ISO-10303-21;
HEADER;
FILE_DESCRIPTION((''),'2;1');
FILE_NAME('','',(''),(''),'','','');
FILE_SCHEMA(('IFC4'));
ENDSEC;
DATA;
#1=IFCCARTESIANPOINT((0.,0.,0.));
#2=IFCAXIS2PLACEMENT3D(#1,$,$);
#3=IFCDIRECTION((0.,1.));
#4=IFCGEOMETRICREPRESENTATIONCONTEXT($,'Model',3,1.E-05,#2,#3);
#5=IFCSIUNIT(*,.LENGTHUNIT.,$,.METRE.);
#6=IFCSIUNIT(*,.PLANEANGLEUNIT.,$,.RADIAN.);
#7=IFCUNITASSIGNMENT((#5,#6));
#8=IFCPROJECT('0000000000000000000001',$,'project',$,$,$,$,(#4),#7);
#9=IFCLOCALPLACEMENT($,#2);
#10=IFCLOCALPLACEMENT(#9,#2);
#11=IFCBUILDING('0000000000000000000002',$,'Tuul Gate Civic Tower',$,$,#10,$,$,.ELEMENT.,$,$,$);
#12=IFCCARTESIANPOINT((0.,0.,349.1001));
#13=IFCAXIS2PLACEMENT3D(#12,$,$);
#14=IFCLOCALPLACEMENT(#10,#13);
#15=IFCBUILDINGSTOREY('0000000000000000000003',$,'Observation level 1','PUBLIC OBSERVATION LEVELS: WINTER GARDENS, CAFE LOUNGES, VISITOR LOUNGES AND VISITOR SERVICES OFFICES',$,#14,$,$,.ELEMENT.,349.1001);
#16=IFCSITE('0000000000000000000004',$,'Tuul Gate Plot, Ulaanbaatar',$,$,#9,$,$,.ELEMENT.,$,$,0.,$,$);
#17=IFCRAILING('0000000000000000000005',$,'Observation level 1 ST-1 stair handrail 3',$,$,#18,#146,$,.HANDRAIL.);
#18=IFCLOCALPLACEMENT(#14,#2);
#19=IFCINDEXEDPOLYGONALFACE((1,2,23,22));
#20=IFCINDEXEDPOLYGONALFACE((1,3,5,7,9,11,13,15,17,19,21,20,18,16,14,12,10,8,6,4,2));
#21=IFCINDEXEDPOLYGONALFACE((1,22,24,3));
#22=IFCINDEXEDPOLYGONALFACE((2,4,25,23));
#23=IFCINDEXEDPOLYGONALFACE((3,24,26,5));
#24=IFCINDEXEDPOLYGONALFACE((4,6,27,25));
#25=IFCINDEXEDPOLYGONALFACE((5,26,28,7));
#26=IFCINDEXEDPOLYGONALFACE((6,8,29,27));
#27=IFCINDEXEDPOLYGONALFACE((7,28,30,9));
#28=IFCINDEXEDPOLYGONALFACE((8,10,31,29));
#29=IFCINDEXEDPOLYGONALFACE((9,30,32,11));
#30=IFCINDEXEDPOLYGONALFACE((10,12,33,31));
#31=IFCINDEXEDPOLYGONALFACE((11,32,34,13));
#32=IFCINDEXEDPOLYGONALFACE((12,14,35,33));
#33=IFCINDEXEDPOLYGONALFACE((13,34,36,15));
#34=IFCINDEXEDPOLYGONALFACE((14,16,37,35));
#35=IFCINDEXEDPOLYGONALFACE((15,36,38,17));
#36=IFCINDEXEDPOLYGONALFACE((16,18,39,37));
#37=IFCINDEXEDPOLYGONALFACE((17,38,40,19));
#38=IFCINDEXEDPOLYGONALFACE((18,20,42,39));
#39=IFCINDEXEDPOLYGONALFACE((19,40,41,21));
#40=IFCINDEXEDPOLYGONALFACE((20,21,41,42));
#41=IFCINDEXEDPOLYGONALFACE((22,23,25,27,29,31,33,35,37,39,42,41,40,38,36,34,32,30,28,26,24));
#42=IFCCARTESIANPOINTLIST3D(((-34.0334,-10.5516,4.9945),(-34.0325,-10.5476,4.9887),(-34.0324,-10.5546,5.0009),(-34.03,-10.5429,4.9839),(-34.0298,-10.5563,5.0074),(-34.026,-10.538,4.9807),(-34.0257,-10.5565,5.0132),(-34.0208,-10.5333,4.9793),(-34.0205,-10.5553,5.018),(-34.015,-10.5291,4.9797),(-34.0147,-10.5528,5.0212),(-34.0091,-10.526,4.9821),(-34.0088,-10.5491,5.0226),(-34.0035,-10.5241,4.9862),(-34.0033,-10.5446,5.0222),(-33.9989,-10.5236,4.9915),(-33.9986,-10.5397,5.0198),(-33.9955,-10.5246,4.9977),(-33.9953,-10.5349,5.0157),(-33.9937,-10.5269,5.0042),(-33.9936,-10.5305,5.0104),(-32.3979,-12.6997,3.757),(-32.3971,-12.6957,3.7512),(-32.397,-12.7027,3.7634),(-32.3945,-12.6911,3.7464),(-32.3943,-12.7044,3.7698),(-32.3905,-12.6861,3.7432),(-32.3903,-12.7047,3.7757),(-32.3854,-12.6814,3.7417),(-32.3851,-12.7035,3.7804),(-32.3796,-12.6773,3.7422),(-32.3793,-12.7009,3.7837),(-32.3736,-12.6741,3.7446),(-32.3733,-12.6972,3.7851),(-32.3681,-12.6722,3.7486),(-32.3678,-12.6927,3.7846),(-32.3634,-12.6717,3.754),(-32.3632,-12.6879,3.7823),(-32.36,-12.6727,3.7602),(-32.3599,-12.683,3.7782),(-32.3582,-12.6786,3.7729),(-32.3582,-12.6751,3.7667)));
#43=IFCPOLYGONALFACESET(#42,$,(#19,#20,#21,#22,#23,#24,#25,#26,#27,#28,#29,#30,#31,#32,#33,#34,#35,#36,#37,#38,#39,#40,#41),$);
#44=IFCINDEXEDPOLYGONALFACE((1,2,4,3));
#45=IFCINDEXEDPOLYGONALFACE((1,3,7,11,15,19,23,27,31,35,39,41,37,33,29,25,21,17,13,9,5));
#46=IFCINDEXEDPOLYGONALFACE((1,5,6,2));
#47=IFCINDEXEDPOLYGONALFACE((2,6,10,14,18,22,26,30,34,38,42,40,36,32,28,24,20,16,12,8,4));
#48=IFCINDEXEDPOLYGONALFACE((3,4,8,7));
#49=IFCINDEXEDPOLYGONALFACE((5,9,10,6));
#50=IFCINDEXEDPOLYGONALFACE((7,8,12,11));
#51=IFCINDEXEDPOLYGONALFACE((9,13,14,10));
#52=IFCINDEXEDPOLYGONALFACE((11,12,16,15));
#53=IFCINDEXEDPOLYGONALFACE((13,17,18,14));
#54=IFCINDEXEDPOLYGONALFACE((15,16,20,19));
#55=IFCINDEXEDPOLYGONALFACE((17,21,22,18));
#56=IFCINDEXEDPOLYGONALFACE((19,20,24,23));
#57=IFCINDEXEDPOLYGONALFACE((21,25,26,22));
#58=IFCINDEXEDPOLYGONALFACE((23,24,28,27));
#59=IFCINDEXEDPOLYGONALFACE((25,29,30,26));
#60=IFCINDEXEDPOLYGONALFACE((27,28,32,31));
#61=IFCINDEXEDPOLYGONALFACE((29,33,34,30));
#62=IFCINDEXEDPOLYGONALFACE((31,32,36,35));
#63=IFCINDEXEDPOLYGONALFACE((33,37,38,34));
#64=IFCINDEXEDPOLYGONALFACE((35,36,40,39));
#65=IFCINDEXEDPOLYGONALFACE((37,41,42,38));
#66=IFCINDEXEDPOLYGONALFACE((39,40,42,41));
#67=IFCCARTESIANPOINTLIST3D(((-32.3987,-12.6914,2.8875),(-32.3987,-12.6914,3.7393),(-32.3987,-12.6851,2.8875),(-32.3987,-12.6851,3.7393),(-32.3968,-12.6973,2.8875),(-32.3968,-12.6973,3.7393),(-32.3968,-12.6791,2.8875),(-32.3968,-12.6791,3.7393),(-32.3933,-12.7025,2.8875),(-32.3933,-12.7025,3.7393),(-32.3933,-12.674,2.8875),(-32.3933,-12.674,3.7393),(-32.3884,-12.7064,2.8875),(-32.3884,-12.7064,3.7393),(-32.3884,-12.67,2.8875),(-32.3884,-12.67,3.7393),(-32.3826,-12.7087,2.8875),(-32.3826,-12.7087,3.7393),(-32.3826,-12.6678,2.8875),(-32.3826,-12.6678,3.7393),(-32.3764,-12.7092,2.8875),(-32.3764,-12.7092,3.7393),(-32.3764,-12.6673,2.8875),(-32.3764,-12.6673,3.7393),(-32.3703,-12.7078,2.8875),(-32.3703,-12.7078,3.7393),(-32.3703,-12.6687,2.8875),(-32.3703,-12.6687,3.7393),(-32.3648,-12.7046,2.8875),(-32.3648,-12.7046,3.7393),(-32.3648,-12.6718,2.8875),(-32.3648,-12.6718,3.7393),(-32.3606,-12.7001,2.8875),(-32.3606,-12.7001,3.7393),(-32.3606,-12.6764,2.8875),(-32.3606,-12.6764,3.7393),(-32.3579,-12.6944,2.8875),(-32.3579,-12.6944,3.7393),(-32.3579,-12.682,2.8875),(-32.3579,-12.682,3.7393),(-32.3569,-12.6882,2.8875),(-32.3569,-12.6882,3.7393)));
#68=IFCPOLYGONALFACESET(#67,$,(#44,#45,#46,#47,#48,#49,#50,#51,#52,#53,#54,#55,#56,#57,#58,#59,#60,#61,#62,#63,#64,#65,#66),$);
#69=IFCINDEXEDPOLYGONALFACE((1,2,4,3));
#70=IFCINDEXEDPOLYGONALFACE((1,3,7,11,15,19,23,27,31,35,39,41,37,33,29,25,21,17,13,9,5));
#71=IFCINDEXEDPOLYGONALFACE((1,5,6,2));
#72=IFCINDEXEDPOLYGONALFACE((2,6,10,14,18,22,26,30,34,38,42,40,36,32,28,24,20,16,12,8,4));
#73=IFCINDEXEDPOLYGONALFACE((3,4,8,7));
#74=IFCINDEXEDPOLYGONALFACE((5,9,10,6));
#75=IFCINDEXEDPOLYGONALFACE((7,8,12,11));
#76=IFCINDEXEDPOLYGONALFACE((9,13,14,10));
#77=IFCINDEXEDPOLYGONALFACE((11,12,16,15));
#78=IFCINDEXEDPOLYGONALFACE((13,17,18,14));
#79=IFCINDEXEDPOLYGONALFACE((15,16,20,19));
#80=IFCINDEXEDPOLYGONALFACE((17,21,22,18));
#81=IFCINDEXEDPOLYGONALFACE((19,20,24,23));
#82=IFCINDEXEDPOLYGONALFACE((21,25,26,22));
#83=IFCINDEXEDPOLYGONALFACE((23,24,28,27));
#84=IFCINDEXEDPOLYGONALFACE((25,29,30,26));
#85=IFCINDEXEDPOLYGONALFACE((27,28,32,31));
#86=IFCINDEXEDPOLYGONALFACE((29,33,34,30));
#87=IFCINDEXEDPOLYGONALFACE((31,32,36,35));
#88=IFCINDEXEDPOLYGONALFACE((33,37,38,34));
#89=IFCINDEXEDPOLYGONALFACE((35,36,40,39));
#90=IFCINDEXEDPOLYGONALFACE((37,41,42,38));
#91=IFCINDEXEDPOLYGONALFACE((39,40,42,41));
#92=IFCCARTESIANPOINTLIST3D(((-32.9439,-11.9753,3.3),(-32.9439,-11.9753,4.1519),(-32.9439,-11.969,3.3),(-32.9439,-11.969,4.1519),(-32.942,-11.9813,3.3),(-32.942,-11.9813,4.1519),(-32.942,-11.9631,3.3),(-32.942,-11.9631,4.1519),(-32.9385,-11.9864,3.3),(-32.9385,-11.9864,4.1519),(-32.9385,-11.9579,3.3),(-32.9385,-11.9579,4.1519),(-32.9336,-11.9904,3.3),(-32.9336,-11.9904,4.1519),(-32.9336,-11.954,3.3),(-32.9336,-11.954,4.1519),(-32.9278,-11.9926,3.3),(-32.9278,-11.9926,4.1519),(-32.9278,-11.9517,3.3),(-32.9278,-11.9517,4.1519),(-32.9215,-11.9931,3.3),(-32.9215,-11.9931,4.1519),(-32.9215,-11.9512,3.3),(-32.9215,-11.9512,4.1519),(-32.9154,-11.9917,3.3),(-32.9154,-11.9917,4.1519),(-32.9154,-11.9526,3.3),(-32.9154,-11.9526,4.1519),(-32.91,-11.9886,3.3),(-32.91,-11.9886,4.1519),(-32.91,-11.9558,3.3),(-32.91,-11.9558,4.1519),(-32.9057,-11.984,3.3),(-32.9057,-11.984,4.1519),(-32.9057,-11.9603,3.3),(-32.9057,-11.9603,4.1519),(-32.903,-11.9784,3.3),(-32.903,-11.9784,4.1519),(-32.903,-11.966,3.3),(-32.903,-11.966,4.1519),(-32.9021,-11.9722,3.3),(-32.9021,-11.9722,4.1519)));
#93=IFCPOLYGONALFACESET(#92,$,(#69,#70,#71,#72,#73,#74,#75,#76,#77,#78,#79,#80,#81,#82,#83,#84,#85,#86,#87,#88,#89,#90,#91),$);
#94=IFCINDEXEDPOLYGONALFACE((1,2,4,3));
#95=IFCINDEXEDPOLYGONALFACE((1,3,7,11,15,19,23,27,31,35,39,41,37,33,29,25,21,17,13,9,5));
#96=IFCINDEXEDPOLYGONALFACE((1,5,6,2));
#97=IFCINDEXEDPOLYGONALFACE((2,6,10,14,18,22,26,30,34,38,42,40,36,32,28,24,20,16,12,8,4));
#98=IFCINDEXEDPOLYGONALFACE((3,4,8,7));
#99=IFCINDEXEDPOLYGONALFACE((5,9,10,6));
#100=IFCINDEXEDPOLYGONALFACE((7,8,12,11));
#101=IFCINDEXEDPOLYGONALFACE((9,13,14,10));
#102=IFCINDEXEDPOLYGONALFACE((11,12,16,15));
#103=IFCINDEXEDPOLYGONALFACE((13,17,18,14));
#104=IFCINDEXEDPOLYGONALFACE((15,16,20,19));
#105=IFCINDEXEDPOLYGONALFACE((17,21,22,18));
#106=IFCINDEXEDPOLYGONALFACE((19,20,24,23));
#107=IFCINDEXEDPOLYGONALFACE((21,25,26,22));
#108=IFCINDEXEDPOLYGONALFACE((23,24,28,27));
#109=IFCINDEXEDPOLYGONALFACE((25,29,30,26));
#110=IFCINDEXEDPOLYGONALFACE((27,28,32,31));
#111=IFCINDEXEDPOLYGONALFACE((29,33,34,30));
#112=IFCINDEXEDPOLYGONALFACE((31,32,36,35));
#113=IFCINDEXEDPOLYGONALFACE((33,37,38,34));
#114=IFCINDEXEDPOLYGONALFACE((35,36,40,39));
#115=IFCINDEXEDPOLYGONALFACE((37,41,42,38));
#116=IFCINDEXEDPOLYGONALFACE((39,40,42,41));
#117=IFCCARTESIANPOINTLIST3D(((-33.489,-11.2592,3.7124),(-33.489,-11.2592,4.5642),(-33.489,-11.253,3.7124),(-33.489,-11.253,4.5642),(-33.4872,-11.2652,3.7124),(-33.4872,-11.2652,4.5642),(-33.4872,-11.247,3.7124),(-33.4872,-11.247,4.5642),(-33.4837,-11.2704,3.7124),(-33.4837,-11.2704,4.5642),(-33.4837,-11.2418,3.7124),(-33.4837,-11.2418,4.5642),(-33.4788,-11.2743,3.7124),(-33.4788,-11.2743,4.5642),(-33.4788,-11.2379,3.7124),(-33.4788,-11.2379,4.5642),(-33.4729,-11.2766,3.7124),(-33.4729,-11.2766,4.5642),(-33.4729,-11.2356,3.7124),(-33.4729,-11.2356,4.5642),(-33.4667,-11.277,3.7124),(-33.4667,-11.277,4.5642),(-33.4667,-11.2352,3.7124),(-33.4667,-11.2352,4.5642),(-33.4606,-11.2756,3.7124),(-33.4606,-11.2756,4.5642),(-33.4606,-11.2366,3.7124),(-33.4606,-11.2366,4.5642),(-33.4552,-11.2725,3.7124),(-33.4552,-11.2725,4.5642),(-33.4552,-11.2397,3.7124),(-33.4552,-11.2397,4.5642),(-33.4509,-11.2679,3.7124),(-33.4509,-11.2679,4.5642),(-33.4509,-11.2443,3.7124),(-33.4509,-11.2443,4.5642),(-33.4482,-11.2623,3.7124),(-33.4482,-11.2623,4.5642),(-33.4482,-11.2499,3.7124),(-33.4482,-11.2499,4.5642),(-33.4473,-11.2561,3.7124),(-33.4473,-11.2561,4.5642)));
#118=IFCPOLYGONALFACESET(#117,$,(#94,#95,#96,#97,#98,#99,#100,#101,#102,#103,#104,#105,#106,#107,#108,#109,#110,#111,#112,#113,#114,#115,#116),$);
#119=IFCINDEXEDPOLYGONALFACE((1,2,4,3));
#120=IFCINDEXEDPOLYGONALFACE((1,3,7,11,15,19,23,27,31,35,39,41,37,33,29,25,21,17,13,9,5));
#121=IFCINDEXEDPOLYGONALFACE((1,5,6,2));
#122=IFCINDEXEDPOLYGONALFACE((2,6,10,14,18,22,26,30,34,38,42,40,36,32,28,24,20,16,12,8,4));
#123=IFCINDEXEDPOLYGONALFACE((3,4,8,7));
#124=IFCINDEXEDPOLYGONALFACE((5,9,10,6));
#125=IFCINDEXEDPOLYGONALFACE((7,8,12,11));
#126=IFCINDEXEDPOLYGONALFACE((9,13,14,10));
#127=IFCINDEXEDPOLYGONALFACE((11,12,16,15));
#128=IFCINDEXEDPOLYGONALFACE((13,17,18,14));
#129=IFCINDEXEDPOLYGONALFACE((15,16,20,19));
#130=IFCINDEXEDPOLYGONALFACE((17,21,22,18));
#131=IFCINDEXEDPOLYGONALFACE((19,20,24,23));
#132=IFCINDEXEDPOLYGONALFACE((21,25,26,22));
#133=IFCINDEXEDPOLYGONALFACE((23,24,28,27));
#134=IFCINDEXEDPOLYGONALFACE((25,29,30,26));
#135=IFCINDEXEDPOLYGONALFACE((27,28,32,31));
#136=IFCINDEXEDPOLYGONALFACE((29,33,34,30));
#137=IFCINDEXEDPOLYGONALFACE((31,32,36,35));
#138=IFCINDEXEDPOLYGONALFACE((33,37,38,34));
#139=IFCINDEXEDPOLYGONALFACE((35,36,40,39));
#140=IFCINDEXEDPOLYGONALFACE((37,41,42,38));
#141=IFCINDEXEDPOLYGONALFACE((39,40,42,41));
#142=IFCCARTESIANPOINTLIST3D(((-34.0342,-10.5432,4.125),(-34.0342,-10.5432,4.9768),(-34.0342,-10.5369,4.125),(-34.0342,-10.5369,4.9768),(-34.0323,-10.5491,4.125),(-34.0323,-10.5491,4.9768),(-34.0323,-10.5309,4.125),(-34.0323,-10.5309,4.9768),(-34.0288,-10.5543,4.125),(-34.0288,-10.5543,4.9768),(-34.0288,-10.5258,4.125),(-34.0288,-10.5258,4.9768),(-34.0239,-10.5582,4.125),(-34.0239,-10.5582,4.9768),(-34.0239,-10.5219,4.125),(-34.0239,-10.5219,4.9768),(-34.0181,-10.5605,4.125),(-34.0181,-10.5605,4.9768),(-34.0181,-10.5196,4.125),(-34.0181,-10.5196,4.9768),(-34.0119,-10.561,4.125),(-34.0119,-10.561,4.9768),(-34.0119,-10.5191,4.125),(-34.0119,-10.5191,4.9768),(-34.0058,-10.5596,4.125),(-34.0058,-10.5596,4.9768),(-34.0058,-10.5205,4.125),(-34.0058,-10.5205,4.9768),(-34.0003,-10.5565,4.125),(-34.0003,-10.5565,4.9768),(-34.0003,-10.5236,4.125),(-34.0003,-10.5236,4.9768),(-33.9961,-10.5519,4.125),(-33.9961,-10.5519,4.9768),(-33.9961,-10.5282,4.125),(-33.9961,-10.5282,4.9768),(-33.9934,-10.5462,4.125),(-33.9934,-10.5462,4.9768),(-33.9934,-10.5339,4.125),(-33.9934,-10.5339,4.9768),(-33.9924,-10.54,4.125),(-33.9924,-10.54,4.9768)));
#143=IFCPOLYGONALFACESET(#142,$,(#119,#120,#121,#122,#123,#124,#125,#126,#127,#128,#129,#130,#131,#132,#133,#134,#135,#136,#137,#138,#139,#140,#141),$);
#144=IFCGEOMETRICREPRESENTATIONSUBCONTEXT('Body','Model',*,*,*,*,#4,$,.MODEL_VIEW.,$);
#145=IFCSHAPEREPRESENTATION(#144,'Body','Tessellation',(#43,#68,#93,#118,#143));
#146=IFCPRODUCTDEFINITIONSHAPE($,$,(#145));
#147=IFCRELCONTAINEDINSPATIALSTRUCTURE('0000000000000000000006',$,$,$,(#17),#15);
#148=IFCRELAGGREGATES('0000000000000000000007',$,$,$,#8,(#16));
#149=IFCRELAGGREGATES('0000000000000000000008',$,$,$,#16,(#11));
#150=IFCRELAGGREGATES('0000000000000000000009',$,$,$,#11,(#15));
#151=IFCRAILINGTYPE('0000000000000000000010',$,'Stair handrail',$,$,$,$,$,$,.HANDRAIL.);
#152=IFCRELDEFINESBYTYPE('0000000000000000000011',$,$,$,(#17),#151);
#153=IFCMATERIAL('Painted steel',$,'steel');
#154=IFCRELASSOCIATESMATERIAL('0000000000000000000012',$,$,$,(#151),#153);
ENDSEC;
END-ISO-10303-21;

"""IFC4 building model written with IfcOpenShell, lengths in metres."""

from ifc_helpers import new_model, si_unit, direction, frame, origin, origin_2d, place, context, subcontext, project, spatial, circle, extrude, material, type_object, element, save


model = new_model("IFC4")

# Units and contexts
model_context = context("Model", 3, precision=1e-05, world=origin(), true_north=direction((0.0, 1.0)))
body_context = subcontext(model_context, "Body", "Model", "MODEL_VIEW")
ifc_project = project(units=[si_unit("LENGTHUNIT", "METRE"), si_unit("PLANEANGLEUNIT", "RADIAN")], contexts=[model_context])

# Site, building, storey
site_placement = place(None, origin())
site = spatial("IfcSite", under=ifc_project, at=site_placement, Name="Tuul Gate Plot, Ulaanbaatar", CompositionType="ELEMENT", RefElevation=0.0)
building_placement = place(site_placement, origin())
building = spatial("IfcBuilding", under=site, at=building_placement, Name="Tuul Gate Civic Tower", CompositionType="ELEMENT")
storey_placement = place(building_placement, frame((0.0, 0.0, 349.1001)))
storey = spatial("IfcBuildingStorey", under=building, at=storey_placement, Name="Observation level 1", Description="PUBLIC OBSERVATION LEVELS: WINTER GARDENS, CAFE LOUNGES, VISITOR LOUNGES AND VISITOR SERVICES OFFICES", CompositionType="ELEMENT", Elevation=349.1001)

# Railing
ifc_material_1 = material(Name="Painted steel", Category="steel")
railing_type_1 = type_object("IfcRailingType", Name="Stair handrail", PredefinedType="HANDRAIL", material=ifc_material_1)
railing_1_placement = place(storey_placement, frame((-32.3779, -12.6882, 2.8875)))
element("IfcRailing", 1, at=railing_1_placement, inside=storey, type_object=railing_type_1, Name="Observation level 1 ST-1 stair handrail 3", PredefinedType="HANDRAIL", context=body_context, shape_type="SweptSolid", body=[
    extrude(circle(Radius=0.0239, at=origin_2d()), frame((0.0, 0.0, 0.876), z_axis=(-0.550666, 0.723289, 0.416678), x_axis=(-0.79565, -0.605757, 0.0)), (0.0, 0.0, 1.0), 2.97),
    extrude(circle(Radius=0.021, at=origin_2d()), origin(), (0.0, 0.0, 1.0), 0.8518),
    extrude(circle(Radius=0.021, at=origin_2d()), frame((-0.5452, 0.7161, 0.4126)), (0.0, 0.0, 1.0), 0.8518),
    extrude(circle(Radius=0.021, at=origin_2d()), frame((-1.0903, 1.4321, 0.825)), (0.0, 0.0, 1.0), 0.8518),
    extrude(circle(Radius=0.021, at=origin_2d()), frame((-1.6355, 2.1482, 1.2375)), (0.0, 0.0, 1.0), 0.8518),
])

save(model, "model.ifc")
